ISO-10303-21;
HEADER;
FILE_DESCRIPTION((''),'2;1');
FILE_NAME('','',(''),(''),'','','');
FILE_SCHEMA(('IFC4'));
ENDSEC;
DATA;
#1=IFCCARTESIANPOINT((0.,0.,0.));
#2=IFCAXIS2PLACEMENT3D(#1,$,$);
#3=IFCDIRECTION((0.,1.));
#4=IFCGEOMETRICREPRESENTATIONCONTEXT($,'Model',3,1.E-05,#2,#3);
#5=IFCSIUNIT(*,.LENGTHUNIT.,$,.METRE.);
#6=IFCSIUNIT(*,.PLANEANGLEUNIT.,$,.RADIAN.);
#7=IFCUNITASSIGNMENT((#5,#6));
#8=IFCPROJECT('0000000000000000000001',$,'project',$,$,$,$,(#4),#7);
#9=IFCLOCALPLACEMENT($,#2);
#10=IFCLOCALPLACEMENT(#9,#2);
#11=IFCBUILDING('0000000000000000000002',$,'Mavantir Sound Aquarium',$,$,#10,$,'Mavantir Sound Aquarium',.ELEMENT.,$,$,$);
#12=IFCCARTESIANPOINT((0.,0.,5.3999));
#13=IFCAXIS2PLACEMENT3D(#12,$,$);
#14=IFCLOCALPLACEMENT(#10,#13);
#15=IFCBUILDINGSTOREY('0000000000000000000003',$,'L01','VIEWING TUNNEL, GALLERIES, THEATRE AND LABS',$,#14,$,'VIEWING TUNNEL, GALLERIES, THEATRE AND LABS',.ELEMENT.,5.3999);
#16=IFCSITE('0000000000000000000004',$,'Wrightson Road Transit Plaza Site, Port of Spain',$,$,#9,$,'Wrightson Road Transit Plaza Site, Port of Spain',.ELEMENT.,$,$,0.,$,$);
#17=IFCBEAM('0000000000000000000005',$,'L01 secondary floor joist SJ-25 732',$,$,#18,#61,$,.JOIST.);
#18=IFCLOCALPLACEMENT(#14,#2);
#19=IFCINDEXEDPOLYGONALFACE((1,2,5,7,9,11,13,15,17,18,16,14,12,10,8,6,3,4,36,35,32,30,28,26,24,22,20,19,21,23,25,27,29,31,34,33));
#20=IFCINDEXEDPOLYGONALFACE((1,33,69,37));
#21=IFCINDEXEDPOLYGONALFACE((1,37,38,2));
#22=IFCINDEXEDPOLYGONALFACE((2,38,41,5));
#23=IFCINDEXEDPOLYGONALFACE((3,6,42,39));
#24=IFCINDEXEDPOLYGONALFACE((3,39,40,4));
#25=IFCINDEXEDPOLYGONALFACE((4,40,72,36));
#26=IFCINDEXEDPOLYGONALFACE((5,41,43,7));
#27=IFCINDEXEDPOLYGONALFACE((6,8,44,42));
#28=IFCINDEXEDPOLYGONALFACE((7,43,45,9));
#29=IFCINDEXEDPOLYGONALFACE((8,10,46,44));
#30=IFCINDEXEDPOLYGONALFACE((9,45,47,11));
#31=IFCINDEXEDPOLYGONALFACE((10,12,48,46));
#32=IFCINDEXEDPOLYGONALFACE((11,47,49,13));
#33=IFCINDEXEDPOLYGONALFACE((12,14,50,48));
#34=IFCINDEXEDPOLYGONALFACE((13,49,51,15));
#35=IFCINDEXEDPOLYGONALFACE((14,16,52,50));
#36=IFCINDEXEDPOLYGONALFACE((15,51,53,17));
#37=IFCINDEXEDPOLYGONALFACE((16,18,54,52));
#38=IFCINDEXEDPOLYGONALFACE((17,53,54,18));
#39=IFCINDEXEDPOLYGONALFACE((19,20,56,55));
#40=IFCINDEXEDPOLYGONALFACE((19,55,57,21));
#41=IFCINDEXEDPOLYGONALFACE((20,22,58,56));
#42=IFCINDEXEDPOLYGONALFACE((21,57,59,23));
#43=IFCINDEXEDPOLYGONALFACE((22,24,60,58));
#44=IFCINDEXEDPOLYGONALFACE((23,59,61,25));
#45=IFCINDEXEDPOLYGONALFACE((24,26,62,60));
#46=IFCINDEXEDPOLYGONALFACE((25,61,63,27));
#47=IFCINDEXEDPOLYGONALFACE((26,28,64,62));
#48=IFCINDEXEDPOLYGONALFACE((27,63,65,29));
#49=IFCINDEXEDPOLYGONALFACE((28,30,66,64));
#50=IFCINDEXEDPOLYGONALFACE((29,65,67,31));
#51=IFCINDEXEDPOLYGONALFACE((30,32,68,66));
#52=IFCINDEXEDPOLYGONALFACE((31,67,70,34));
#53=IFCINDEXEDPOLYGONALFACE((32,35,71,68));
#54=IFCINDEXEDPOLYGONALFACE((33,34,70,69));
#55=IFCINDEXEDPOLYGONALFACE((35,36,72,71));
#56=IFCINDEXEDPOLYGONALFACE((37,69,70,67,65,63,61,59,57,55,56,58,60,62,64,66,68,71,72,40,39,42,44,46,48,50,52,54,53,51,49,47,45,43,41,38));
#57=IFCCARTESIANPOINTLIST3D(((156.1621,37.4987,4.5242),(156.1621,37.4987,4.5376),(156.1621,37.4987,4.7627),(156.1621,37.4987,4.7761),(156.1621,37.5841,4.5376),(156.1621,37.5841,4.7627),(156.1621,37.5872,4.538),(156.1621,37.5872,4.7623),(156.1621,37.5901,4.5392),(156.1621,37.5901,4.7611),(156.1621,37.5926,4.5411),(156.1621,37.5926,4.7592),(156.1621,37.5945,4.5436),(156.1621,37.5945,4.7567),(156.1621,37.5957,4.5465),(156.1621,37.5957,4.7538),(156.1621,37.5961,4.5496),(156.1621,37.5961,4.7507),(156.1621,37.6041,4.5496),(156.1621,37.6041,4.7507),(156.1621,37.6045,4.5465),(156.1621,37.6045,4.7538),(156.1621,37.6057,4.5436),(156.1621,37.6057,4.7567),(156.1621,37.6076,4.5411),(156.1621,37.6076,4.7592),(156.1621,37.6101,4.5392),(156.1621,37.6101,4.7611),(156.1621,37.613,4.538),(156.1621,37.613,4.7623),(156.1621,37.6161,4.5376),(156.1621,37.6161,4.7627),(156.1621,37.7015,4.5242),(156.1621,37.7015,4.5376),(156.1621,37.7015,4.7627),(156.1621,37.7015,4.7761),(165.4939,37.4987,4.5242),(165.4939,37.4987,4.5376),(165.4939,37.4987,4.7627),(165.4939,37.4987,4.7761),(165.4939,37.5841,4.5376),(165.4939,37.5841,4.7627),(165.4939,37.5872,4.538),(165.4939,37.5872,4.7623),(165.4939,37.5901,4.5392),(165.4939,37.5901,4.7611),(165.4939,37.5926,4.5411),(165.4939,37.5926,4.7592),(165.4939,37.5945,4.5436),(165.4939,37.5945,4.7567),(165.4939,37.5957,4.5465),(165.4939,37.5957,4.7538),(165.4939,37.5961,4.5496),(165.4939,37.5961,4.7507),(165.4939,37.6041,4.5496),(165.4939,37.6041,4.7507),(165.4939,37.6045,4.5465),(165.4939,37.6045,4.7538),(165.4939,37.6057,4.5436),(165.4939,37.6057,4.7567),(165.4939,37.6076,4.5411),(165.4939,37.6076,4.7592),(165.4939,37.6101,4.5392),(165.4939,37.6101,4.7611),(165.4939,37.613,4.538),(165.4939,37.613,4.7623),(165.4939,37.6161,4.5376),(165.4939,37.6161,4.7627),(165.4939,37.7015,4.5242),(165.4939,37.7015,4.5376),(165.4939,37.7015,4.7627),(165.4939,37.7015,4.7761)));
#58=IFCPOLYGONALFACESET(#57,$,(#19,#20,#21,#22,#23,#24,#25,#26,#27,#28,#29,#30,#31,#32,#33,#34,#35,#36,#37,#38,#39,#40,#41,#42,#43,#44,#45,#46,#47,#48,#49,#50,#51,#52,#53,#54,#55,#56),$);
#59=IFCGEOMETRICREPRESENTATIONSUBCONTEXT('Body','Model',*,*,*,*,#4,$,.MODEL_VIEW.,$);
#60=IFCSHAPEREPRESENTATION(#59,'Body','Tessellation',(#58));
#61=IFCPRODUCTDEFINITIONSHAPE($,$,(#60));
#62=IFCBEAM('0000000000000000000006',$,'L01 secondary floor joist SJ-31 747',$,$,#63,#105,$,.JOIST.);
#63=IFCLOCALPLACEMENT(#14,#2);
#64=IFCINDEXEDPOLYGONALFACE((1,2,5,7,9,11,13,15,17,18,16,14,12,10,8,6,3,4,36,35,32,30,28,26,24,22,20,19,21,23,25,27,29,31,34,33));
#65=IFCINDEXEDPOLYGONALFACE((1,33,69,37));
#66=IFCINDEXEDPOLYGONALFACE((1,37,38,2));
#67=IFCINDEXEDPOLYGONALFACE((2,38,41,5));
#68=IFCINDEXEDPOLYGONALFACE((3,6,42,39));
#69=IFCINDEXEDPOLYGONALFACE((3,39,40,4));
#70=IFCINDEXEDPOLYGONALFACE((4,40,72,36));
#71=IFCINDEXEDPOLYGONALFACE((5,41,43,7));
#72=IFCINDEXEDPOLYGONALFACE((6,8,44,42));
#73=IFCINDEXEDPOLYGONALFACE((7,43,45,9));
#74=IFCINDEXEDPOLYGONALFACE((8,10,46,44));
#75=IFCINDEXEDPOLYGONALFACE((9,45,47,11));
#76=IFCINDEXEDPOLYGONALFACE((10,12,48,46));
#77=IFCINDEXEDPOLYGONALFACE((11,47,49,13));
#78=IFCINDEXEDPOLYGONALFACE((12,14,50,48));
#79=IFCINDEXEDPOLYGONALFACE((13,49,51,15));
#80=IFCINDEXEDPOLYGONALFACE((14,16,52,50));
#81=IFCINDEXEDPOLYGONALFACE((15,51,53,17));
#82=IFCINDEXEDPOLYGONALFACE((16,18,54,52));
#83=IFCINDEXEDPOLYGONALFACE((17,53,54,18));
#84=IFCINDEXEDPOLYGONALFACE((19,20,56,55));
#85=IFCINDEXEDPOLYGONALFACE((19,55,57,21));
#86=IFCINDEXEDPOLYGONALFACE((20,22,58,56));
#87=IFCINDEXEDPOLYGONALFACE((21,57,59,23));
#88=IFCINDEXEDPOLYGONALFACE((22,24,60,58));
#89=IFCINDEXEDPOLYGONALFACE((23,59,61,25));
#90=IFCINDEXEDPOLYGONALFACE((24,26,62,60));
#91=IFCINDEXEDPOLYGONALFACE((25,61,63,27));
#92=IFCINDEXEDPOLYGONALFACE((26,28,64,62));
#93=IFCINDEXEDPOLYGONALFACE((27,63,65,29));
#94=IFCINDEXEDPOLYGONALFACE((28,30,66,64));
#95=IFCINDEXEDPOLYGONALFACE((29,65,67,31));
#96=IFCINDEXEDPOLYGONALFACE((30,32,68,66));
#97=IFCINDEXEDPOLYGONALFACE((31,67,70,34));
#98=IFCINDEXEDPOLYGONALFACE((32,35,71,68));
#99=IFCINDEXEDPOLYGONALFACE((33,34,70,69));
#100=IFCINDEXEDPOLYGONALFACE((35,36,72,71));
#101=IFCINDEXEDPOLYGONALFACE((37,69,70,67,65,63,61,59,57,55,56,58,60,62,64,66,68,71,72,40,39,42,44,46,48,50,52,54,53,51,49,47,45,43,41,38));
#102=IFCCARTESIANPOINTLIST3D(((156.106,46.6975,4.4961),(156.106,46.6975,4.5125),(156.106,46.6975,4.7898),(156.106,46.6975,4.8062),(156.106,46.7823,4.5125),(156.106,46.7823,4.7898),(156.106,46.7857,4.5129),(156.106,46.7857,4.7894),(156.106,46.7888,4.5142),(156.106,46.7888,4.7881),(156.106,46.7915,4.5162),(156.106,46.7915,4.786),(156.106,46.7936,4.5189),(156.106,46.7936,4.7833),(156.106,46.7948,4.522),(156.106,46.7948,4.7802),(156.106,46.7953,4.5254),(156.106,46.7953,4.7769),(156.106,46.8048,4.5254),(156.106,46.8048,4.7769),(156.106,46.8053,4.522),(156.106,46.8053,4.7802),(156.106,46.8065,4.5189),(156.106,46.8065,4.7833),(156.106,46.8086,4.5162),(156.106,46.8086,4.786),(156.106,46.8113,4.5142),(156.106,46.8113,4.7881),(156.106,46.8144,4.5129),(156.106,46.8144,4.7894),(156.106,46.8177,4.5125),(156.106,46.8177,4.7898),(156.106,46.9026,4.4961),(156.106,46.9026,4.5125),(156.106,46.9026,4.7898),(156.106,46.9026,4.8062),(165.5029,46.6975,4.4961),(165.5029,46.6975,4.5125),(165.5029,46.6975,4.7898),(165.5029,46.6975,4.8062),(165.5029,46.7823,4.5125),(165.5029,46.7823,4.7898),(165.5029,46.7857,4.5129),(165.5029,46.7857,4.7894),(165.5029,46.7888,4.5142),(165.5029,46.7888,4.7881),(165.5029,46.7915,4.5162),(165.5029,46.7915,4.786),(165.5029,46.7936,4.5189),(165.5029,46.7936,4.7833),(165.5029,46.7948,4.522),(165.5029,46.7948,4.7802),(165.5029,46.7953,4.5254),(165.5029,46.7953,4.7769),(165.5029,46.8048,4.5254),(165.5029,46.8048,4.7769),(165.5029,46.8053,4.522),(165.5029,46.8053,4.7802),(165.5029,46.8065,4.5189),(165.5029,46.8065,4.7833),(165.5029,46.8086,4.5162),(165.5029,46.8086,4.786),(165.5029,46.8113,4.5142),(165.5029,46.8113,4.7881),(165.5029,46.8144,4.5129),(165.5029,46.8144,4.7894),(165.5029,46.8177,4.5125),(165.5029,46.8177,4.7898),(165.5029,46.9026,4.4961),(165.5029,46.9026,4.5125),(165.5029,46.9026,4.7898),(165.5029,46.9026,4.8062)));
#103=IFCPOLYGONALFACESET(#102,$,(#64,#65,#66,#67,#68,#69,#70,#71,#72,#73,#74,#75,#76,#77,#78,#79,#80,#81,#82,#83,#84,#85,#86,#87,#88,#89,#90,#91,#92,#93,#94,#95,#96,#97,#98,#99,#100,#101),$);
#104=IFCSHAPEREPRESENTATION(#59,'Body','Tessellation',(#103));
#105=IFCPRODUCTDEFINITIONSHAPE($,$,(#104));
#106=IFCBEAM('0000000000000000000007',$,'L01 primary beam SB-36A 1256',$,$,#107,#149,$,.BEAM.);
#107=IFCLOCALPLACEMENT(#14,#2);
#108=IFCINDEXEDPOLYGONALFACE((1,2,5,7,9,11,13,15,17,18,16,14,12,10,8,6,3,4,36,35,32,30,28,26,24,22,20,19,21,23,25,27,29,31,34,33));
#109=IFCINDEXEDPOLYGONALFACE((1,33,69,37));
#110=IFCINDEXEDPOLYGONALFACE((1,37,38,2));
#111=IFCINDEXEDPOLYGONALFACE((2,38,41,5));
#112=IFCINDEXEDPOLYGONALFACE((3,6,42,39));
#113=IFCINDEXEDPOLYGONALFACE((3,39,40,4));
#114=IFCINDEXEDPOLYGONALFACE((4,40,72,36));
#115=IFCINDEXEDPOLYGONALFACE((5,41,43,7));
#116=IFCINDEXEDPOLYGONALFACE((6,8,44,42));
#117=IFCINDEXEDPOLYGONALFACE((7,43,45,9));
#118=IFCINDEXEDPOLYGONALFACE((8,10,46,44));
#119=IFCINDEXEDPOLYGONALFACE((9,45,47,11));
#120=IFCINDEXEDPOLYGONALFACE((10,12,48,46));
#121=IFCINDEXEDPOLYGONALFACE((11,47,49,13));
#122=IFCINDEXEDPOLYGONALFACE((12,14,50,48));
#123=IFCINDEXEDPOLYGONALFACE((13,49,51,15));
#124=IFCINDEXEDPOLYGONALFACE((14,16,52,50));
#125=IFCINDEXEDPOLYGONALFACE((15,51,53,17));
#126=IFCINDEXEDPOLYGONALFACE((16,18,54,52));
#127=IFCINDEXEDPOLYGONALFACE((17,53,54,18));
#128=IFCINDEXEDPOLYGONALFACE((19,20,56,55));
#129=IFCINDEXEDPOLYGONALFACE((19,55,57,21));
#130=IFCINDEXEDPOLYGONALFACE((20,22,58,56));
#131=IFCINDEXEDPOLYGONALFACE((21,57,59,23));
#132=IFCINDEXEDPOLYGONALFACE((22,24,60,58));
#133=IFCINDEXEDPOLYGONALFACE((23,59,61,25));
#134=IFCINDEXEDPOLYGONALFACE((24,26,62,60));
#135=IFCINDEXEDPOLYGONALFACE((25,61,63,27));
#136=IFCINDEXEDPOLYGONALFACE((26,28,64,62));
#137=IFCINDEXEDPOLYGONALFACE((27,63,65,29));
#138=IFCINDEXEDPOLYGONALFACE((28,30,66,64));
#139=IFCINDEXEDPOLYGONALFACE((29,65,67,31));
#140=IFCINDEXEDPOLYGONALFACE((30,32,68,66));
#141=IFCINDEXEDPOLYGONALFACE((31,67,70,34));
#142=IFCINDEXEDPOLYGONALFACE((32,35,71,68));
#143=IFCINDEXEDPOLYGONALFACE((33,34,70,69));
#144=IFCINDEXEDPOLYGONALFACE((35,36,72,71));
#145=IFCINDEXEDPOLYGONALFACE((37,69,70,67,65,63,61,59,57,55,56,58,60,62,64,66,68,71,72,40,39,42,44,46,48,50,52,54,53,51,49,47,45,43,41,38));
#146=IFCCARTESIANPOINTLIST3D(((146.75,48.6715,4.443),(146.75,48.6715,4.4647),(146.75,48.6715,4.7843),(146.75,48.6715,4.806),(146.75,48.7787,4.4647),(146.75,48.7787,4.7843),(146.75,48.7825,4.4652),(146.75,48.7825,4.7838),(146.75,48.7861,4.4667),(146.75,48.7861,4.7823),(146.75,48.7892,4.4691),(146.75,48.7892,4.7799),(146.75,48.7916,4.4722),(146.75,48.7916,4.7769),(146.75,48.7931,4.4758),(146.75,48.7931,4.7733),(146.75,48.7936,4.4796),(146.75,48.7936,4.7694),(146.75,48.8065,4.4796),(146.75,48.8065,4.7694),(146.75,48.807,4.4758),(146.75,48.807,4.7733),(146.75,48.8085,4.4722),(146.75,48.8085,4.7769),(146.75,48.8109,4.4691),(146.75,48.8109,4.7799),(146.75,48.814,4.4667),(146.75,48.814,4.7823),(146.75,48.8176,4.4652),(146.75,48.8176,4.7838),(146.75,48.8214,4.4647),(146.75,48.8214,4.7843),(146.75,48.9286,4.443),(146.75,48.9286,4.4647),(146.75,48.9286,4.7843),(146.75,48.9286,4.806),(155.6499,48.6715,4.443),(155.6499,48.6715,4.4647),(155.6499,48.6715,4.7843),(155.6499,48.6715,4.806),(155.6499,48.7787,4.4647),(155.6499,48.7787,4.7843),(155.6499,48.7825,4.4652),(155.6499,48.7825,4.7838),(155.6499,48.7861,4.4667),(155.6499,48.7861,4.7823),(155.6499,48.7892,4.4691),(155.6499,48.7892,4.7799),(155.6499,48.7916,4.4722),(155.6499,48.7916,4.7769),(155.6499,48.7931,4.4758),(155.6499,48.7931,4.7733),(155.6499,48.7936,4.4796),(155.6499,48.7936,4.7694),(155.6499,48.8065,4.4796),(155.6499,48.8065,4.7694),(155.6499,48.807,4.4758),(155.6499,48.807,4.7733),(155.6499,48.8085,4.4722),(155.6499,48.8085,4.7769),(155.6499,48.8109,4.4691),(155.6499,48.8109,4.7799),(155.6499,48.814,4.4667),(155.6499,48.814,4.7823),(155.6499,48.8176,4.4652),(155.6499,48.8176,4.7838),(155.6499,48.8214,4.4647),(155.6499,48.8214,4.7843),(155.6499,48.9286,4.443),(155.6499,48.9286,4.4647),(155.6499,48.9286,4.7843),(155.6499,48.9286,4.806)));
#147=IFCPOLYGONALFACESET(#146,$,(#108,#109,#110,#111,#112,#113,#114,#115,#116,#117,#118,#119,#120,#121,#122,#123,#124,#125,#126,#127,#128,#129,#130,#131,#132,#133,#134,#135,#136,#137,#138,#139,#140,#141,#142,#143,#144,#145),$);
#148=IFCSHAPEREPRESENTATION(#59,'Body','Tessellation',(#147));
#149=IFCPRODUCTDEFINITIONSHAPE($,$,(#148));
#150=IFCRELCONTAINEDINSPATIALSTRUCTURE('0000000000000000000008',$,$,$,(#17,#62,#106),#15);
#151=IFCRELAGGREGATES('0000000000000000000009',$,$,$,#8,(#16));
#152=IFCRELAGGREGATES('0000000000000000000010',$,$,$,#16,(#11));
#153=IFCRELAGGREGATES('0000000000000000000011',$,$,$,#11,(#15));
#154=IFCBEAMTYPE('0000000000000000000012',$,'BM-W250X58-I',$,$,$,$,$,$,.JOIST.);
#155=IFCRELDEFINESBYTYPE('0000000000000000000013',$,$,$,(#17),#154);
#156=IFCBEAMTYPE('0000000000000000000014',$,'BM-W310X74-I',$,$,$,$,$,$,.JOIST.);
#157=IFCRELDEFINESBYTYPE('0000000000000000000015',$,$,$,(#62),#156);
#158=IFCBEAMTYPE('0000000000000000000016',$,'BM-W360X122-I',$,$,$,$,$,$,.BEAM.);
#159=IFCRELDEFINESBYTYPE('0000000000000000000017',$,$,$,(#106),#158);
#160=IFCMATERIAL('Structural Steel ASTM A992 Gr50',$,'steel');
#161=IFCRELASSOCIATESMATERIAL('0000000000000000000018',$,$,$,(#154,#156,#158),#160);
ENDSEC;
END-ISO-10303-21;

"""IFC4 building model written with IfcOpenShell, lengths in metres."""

from ifc_helpers import new_model, si_unit, direction, frame, origin, origin_2d, place, context, subcontext, project, spatial, i_section, extrude, material, material_profile, profile_set, type_object, element, save


model = new_model("IFC4")

# Units and contexts
model_context = context("Model", 3, precision=1e-05, world=origin(), true_north=direction((0.0, 1.0)))
body_context = subcontext(model_context, "Body", "Model", "MODEL_VIEW")
ifc_project = project(units=[si_unit("LENGTHUNIT", "METRE"), si_unit("PLANEANGLEUNIT", "RADIAN")], contexts=[model_context])

# Site, building, storey
site_placement = place(None, origin())
site = spatial("IfcSite", under=ifc_project, at=site_placement, Name="Wrightson Road Transit Plaza Site, Port of Spain", LongName="Wrightson Road Transit Plaza Site, Port of Spain", CompositionType="ELEMENT", RefElevation=0.0)
building_placement = place(site_placement, origin())
building = spatial("IfcBuilding", under=site, at=building_placement, Name="Mavantir Sound Aquarium", LongName="Mavantir Sound Aquarium", CompositionType="ELEMENT")
storey_placement = place(building_placement, frame((0.0, 0.0, 5.3999)))
storey = spatial("IfcBuildingStorey", under=building, at=storey_placement, Name="L01", Description="VIEWING TUNNEL, GALLERIES, THEATRE AND LABS", LongName="VIEWING TUNNEL, GALLERIES, THEATRE AND LABS", CompositionType="ELEMENT", Elevation=5.3999)

# Beams
ifc_material_1 = material(Name="Structural Steel ASTM A992 Gr50", Category="steel")
ifc_material_profile_1 = material_profile(ifc_material_1, i_section(OverallWidth=0.2029, OverallDepth=0.252, WebThickness=0.0081, FlangeThickness=0.0134, FilletRadius=0.012, at=origin_2d()), Name="W250X58")
ifc_profile_set_1 = profile_set([ifc_material_profile_1], Name="Structural Steel ASTM A992 Gr50")
beam_type_1 = type_object("IfcBeamType", Name="BM-W250X58-I", PredefinedType="JOIST", material=ifc_profile_set_1)
beam_1_placement = place(storey_placement, frame((156.1621, 37.6001, 4.6501), z_axis=(1.0, 0.0, 0.0), x_axis=(0.0, 1.0, 0.0)))
element("IfcBeam", 1, at=beam_1_placement, inside=storey, type_object=beam_type_1, Name="L01 secondary floor joist SJ-25 732", PredefinedType="JOIST", context=body_context, shape_type="SweptSolid", body=[
    extrude(i_section(OverallWidth=0.2029, OverallDepth=0.252, WebThickness=0.0081, FlangeThickness=0.0134, FilletRadius=0.012, at=origin_2d()), origin(), (0.0, 0.0, 1.0), 9.3318),
])
ifc_material_profile_2 = material_profile(ifc_material_1, i_section(OverallWidth=0.2051, OverallDepth=0.3101, WebThickness=0.0095, FlangeThickness=0.0164, FilletRadius=0.0129, at=origin_2d()), Name="W310X74")
ifc_profile_set_2 = profile_set([ifc_material_profile_2], Name="Structural Steel ASTM A992 Gr50")
beam_type_2 = type_object("IfcBeamType", Name="BM-W310X74-I", PredefinedType="JOIST", material=ifc_profile_set_2)
beam_2_placement = place(storey_placement, frame((156.106, 46.8, 4.6511), z_axis=(1.0, 0.0, 0.0), x_axis=(0.0, 1.0, 0.0)))
element("IfcBeam", 2, at=beam_2_placement, inside=storey, type_object=beam_type_2, Name="L01 secondary floor joist SJ-31 747", PredefinedType="JOIST", context=body_context, shape_type="SweptSolid", body=[
    extrude(i_section(OverallWidth=0.2051, OverallDepth=0.3101, WebThickness=0.0095, FlangeThickness=0.0164, FilletRadius=0.0129, at=origin_2d()), origin(), (0.0, 0.0, 1.0), 9.397),
])
ifc_material_profile_3 = material_profile(ifc_material_1, i_section(OverallWidth=0.2571, OverallDepth=0.363, WebThickness=0.0129, FlangeThickness=0.0217, FilletRadius=0.0149, at=origin_2d()), Name="W360X122")
ifc_profile_set_3 = profile_set([ifc_material_profile_3], Name="Structural Steel ASTM A992 Gr50")
beam_type_3 = type_object("IfcBeamType", Name="BM-W360X122-I", PredefinedType="BEAM", material=ifc_profile_set_3)
beam_3_placement = place(storey_placement, frame((146.75, 48.8, 4.6245), z_axis=(1.0, 0.0, 0.0), x_axis=(0.0, 1.0, 0.0)))
element("IfcBeam", 3, at=beam_3_placement, inside=storey, type_object=beam_type_3, Name="L01 primary beam SB-36A 1256", PredefinedType="BEAM", context=body_context, shape_type="SweptSolid", body=[
    extrude(i_section(OverallWidth=0.2571, OverallDepth=0.363, WebThickness=0.0129, FlangeThickness=0.0217, FilletRadius=0.0149, at=origin_2d()), origin(), (0.0, 0.0, 1.0), 8.8999),
])

save(model, "model.ifc")
